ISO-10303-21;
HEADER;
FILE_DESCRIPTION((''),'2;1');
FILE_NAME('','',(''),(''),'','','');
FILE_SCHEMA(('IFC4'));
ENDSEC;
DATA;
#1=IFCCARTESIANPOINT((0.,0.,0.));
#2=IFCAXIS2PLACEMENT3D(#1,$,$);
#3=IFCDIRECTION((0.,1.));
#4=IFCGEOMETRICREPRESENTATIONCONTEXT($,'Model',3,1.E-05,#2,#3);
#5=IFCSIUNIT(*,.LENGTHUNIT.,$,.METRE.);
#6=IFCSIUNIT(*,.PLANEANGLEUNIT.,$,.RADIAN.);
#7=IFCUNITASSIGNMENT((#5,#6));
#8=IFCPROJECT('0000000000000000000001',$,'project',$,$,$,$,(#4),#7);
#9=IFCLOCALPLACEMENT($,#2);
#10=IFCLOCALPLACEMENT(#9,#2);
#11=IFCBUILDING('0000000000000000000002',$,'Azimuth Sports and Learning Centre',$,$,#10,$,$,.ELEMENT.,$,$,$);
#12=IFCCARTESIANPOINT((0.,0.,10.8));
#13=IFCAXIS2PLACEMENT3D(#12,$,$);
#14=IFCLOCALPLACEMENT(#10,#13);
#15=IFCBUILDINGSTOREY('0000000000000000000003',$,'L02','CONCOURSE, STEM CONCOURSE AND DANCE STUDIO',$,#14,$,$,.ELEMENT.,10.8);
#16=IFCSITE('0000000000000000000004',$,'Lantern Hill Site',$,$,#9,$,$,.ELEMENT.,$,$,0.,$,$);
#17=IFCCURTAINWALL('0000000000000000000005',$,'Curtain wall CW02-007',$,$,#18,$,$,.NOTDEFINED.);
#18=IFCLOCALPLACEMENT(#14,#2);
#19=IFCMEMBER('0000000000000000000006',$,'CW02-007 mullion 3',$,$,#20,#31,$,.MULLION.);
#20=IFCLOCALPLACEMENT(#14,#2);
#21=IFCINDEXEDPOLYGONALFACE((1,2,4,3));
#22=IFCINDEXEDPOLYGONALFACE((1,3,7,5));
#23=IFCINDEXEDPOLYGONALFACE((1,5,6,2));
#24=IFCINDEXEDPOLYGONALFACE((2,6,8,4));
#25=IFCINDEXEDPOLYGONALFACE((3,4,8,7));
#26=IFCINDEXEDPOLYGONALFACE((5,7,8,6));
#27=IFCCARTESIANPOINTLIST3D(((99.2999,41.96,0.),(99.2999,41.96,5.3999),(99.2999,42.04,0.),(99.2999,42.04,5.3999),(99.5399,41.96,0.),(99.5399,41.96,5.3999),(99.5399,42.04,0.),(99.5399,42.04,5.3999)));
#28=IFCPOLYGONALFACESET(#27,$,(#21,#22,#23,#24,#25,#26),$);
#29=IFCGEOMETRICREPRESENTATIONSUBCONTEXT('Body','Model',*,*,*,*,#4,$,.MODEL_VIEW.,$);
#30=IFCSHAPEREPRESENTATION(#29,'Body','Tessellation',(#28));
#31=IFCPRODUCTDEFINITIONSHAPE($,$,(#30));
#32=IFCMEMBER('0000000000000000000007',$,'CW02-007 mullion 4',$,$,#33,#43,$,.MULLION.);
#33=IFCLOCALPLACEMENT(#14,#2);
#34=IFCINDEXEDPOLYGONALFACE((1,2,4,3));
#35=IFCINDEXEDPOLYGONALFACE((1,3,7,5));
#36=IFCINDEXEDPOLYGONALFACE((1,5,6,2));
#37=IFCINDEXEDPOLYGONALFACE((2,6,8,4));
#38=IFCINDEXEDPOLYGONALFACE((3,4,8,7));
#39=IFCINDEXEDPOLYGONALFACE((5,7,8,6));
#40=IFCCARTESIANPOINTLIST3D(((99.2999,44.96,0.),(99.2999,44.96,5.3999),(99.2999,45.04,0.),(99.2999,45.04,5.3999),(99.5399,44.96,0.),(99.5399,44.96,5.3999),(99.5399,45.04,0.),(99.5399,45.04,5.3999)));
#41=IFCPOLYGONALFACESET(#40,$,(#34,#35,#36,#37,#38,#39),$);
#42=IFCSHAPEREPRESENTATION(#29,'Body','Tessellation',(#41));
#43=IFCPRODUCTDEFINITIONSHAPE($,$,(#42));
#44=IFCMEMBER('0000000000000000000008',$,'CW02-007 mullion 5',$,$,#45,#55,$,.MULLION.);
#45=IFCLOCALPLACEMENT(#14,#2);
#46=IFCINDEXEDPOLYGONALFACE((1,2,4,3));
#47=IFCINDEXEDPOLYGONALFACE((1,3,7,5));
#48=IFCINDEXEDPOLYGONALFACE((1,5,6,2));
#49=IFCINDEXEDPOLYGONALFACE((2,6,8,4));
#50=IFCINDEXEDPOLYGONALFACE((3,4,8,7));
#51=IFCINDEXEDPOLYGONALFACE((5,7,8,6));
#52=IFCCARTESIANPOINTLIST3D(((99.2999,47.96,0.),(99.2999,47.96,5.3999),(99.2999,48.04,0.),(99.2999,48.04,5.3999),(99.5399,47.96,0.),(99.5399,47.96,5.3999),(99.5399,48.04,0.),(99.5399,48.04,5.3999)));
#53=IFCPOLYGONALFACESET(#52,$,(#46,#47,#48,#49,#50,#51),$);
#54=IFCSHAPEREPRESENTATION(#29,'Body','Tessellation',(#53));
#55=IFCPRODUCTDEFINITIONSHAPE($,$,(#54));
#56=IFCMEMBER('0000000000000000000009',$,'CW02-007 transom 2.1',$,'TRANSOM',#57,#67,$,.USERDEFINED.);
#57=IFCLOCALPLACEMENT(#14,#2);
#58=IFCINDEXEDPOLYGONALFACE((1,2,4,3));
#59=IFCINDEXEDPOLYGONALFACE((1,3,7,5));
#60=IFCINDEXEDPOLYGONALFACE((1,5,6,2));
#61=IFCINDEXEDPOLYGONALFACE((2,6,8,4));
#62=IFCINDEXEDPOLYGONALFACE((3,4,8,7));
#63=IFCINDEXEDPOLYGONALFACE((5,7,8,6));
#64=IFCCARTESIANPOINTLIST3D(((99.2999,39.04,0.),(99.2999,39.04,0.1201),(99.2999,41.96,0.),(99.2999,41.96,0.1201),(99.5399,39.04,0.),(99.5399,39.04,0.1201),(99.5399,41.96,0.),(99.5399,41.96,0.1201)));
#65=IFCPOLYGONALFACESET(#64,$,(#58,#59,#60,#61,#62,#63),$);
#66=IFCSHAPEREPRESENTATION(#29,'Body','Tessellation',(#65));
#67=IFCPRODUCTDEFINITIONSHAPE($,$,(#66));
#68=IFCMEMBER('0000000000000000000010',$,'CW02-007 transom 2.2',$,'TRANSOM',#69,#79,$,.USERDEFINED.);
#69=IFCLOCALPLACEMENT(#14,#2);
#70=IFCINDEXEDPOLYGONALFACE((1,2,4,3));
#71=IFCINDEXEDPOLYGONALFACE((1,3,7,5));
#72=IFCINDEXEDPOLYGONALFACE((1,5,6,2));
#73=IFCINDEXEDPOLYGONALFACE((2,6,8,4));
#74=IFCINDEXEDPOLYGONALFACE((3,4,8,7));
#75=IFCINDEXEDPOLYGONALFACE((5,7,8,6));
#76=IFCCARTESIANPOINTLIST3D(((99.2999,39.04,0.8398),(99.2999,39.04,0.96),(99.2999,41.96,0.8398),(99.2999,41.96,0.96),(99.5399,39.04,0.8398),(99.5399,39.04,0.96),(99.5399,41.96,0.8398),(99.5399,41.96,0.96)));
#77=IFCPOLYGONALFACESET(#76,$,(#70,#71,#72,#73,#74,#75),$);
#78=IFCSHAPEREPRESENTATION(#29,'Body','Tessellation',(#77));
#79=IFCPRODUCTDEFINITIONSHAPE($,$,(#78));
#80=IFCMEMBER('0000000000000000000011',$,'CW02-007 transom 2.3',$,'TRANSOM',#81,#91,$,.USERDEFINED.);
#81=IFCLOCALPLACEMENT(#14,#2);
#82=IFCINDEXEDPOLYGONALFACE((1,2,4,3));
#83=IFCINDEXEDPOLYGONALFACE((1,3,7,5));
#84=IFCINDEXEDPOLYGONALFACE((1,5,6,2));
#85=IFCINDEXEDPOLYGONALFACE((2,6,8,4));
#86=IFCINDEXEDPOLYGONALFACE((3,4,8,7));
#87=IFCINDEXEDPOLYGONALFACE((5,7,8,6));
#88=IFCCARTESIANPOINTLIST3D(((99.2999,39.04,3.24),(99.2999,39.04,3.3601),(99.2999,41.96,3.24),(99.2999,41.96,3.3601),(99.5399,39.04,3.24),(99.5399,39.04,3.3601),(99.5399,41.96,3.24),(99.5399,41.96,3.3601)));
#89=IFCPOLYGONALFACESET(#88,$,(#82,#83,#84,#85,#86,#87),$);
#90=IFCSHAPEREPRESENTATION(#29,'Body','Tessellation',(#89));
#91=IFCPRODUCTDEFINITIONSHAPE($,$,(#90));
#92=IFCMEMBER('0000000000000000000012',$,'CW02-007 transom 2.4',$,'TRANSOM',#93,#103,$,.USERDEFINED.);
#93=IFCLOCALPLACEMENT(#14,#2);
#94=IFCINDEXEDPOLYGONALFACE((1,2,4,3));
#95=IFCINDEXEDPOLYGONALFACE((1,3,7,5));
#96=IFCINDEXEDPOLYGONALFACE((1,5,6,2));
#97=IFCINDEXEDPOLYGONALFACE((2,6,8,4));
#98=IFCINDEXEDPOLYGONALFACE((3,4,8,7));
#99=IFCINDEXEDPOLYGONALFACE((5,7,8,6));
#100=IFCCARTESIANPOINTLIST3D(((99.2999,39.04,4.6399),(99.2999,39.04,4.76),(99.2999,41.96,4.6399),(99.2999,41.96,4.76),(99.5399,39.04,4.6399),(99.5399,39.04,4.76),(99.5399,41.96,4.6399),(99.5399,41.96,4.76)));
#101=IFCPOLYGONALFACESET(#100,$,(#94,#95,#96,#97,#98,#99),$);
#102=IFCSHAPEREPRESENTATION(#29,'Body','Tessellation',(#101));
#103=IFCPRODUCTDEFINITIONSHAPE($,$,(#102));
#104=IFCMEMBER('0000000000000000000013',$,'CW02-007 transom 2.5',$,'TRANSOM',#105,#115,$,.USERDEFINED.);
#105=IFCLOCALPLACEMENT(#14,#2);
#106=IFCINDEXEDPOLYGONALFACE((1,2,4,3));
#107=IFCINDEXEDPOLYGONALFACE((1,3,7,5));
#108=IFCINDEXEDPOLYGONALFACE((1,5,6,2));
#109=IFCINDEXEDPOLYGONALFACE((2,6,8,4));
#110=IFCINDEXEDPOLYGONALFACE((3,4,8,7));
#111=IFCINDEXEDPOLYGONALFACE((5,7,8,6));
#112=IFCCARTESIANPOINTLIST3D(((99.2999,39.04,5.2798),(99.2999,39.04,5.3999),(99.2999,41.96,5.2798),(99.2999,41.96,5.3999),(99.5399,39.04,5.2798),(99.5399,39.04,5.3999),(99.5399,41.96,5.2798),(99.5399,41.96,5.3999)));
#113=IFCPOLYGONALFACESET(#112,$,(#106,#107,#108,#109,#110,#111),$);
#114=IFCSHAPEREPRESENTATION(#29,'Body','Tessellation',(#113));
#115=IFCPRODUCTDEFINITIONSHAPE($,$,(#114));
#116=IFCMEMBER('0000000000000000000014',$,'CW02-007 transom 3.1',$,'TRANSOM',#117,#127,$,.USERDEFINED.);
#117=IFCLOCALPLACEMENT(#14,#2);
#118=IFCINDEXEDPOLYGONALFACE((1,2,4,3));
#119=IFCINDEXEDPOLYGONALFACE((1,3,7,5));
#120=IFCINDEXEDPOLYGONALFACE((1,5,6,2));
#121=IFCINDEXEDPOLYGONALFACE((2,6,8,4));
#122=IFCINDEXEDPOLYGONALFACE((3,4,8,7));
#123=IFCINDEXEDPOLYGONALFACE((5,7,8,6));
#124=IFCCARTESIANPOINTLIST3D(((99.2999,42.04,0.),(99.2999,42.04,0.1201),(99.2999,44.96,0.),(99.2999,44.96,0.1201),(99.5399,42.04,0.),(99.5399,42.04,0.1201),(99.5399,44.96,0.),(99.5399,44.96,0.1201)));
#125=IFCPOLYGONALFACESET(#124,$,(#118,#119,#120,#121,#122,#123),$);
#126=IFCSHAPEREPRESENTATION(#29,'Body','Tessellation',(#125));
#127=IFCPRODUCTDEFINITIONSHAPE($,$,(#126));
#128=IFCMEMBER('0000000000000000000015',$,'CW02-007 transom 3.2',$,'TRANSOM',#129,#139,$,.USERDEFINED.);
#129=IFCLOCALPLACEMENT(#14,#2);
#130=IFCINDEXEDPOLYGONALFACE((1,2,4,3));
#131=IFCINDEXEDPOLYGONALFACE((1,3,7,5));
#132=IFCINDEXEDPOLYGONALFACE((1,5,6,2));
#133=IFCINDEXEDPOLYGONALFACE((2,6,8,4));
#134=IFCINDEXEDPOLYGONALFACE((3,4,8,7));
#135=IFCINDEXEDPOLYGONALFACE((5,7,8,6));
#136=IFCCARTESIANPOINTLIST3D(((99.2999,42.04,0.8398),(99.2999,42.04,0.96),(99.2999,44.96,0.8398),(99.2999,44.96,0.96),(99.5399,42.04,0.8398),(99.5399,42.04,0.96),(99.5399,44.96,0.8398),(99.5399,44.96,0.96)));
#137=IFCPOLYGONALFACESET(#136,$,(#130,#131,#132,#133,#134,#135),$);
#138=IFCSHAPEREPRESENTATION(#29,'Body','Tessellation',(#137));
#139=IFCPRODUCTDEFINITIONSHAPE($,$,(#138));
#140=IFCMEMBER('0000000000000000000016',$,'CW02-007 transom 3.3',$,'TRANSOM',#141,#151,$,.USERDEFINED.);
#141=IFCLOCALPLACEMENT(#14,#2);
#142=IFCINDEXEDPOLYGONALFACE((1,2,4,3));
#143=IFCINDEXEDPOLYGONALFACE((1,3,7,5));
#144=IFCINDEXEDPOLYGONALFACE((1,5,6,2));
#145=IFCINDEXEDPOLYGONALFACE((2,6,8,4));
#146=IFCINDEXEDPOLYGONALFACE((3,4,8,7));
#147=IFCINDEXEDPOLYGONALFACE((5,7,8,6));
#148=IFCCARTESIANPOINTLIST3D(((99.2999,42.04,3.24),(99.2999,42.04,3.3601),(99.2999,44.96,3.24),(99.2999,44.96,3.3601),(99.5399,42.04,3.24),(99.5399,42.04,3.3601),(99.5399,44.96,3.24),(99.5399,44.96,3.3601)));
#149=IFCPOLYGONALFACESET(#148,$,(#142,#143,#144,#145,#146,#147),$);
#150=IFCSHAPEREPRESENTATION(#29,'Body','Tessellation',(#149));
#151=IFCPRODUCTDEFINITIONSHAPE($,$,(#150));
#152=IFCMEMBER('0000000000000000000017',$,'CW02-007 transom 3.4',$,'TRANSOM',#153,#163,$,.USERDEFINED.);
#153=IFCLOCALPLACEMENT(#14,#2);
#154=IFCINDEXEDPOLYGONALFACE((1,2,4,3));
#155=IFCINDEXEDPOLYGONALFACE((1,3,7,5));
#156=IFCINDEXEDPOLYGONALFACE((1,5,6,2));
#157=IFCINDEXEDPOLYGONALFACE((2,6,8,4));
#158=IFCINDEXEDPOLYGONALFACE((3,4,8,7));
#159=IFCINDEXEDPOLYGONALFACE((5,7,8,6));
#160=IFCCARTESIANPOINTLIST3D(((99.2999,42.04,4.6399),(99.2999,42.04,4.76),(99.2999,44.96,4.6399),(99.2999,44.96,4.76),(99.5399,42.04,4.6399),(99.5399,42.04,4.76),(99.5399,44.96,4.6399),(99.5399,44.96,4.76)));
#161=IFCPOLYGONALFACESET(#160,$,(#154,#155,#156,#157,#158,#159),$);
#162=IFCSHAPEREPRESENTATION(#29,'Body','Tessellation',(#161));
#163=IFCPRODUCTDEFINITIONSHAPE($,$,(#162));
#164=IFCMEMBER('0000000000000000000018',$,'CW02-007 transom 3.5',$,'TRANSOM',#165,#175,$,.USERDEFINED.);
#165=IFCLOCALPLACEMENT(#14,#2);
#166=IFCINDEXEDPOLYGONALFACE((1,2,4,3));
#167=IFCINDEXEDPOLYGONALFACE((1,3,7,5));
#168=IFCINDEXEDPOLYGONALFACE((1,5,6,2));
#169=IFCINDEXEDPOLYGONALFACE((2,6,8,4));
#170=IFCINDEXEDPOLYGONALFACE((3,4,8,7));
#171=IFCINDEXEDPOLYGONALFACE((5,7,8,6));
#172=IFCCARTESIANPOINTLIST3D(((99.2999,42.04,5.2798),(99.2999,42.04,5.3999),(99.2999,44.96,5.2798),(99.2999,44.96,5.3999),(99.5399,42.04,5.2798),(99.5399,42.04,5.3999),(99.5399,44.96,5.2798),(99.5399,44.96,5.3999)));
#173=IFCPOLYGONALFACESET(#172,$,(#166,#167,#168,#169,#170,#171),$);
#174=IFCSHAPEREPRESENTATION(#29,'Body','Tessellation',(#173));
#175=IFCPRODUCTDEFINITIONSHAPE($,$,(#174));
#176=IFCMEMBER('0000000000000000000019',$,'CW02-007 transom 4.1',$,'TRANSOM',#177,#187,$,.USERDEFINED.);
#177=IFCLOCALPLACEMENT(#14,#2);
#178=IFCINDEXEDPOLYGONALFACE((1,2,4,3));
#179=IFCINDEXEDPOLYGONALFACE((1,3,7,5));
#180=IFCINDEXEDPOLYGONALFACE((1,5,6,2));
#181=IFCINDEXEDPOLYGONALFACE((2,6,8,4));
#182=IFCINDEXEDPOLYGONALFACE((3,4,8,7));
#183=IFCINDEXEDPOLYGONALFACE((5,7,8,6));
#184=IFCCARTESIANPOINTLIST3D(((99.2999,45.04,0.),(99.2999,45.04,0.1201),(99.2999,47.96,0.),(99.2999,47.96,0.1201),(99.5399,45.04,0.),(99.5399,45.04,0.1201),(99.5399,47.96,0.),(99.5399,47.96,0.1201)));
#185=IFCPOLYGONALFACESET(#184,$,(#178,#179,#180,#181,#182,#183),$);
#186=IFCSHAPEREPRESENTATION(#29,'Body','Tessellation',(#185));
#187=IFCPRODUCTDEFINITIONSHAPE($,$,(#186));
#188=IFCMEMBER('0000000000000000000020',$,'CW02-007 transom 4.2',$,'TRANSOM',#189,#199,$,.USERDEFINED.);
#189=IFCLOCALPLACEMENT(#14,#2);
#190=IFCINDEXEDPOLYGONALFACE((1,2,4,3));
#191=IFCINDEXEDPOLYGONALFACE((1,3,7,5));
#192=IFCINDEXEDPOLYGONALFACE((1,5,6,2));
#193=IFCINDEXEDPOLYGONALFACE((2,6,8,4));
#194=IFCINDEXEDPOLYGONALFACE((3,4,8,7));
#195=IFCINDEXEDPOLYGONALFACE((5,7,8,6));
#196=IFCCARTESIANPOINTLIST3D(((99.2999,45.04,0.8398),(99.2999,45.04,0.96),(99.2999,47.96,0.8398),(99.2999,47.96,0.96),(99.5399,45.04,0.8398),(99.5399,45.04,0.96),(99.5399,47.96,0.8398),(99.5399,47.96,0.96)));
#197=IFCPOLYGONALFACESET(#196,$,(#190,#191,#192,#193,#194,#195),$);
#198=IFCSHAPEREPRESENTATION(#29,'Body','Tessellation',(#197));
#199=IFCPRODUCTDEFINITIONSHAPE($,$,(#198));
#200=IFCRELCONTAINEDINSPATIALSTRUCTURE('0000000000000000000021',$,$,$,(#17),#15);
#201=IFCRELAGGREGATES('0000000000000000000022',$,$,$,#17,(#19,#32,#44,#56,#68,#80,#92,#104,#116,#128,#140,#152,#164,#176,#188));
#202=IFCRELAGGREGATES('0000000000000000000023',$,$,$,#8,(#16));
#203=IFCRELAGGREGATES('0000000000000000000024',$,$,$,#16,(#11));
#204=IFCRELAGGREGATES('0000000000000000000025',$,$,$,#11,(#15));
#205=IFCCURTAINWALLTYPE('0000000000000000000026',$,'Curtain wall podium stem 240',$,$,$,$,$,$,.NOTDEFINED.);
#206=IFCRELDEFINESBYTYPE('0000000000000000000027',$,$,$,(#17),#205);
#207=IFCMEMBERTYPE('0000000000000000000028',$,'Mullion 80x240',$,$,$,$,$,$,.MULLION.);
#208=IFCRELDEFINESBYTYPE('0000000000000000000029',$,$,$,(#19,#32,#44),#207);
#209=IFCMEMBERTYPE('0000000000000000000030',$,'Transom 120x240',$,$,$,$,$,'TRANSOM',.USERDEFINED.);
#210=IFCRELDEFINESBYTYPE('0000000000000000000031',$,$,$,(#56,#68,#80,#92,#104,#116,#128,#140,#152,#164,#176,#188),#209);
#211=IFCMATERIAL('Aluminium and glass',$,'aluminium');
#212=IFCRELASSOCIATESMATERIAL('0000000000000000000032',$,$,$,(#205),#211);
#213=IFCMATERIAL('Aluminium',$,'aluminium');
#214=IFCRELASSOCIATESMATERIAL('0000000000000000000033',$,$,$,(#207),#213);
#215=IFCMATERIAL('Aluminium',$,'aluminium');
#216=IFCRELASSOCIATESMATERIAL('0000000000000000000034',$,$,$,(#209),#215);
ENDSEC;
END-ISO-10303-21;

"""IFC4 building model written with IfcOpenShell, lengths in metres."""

from ifc_helpers import new_model, si_unit, direction, frame, origin, origin_2d, place, context, subcontext, project, spatial, rectangle, extrude, material, material_profile, profile_set, type_object, element, aggregate, save


model = new_model("IFC4")

# Units and contexts
model_context = context("Model", 3, precision=1e-05, world=origin(), true_north=direction((0.0, 1.0)))
body_context = subcontext(model_context, "Body", "Model", "MODEL_VIEW")
ifc_project = project(units=[si_unit("LENGTHUNIT", "METRE"), si_unit("PLANEANGLEUNIT", "RADIAN")], contexts=[model_context])

# Site, building, storey
site_placement = place(None, origin())
site = spatial("IfcSite", under=ifc_project, at=site_placement, Name="Lantern Hill Site", CompositionType="ELEMENT", RefElevation=0.0)
building_placement = place(site_placement, origin())
building = spatial("IfcBuilding", under=site, at=building_placement, Name="Azimuth Sports and Learning Centre", CompositionType="ELEMENT")
storey_placement = place(building_placement, frame((0.0, 0.0, 10.8)))
storey = spatial("IfcBuildingStorey", under=building, at=storey_placement, Name="L02", Description="CONCOURSE, STEM CONCOURSE AND DANCE STUDIO", CompositionType="ELEMENT", Elevation=10.8)

# Curtain wall, members
ifc_material_1 = material(Name="Aluminium and glass", Category="aluminium")
curtain_wall_type = type_object("IfcCurtainWallType", Name="Curtain wall podium stem 240", PredefinedType="NOTDEFINED", material=ifc_material_1)
curtain_wall_placement = place(storey_placement, origin())
curtain_wall = element("IfcCurtainWall", 1, at=curtain_wall_placement, inside=storey, type_object=curtain_wall_type, Name="Curtain wall CW02-007", PredefinedType="NOTDEFINED")
ifc_material_2 = material(Name="Aluminium", Category="aluminium")
ifc_material_profile_1 = material_profile(ifc_material_2, rectangle(XDim=0.24, YDim=0.0801, at=origin_2d()), Name="Mullion 80x240")
ifc_profile_set_1 = profile_set([ifc_material_profile_1], Name="Aluminium")
member_type_1 = type_object("IfcMemberType", Name="Mullion 80x240", PredefinedType="MULLION", material=ifc_profile_set_1)
member_1_placement = place(storey_placement, frame((99.4199, 42.0, 0.0), z_axis=(0.0, 0.0, 1.0), x_axis=(-1.0, 0.0, 0.0)))
member_1 = element("IfcMember", 2, at=member_1_placement, type_object=member_type_1, Name="CW02-007 mullion 3", PredefinedType="MULLION", context=body_context, shape_type="SweptSolid", body=[
    extrude(rectangle(XDim=0.24, YDim=0.0801, at=origin_2d()), origin(), (0.0, 0.0, 1.0), 5.3999),
])
member_2_placement = place(storey_placement, frame((99.4199, 45.0, 0.0), z_axis=(0.0, 0.0, 1.0), x_axis=(-1.0, 0.0, 0.0)))
member_2 = element("IfcMember", 3, at=member_2_placement, type_object=member_type_1, Name="CW02-007 mullion 4", PredefinedType="MULLION", context=body_context, shape_type="SweptSolid", body=[
    extrude(rectangle(XDim=0.24, YDim=0.0801, at=origin_2d()), origin(), (0.0, 0.0, 1.0), 5.3999),
])
member_3_placement = place(storey_placement, frame((99.4199, 48.0, 0.0), z_axis=(0.0, 0.0, 1.0), x_axis=(-1.0, 0.0, 0.0)))
member_3 = element("IfcMember", 4, at=member_3_placement, type_object=member_type_1, Name="CW02-007 mullion 5", PredefinedType="MULLION", context=body_context, shape_type="SweptSolid", body=[
    extrude(rectangle(XDim=0.24, YDim=0.0801, at=origin_2d()), origin(), (0.0, 0.0, 1.0), 5.3999),
])
ifc_material_3 = material(Name="Aluminium", Category="aluminium")
ifc_material_profile_2 = material_profile(ifc_material_3, rectangle(XDim=0.24, YDim=0.1201, at=origin_2d()), Name="Transom 120x240")
ifc_profile_set_2 = profile_set([ifc_material_profile_2], Name="Aluminium")
member_type_2 = type_object("IfcMemberType", Name="Transom 120x240", ElementType="TRANSOM", PredefinedType="USERDEFINED", material=ifc_profile_set_2)
member_4_placement = place(storey_placement, frame((99.4199, 39.04, 0.0601), z_axis=(0.0, 1.0, 0.0), x_axis=(-1.0, 0.0, 0.0)))
member_4 = element("IfcMember", 5, at=member_4_placement, type_object=member_type_2, Name="CW02-007 transom 2.1", ObjectType="TRANSOM", PredefinedType="USERDEFINED", context=body_context, shape_type="SweptSolid", body=[
    extrude(rectangle(XDim=0.24, YDim=0.1201, at=origin_2d()), origin(), (0.0, 0.0, 1.0), 2.9199),
])
member_5_placement = place(storey_placement, frame((99.4199, 39.04, 0.8999), z_axis=(0.0, 1.0, 0.0), x_axis=(-1.0, 0.0, 0.0)))
member_5 = element("IfcMember", 6, at=member_5_placement, type_object=member_type_2, Name="CW02-007 transom 2.2", ObjectType="TRANSOM", PredefinedType="USERDEFINED", context=body_context, shape_type="SweptSolid", body=[
    extrude(rectangle(XDim=0.24, YDim=0.1201, at=origin_2d()), origin(), (0.0, 0.0, 1.0), 2.9199),
])
member_6_placement = place(storey_placement, frame((99.4199, 39.04, 3.3), z_axis=(0.0, 1.0, 0.0), x_axis=(-1.0, 0.0, 0.0)))
member_6 = element("IfcMember", 7, at=member_6_placement, type_object=member_type_2, Name="CW02-007 transom 2.3", ObjectType="TRANSOM", PredefinedType="USERDEFINED", context=body_context, shape_type="SweptSolid", body=[
    extrude(rectangle(XDim=0.24, YDim=0.1201, at=origin_2d()), origin(), (0.0, 0.0, 1.0), 2.9199),
])
member_7_placement = place(storey_placement, frame((99.4199, 39.04, 4.7), z_axis=(0.0, 1.0, 0.0), x_axis=(-1.0, 0.0, 0.0)))
member_7 = element("IfcMember", 8, at=member_7_placement, type_object=member_type_2, Name="CW02-007 transom 2.4", ObjectType="TRANSOM", PredefinedType="USERDEFINED", context=body_context, shape_type="SweptSolid", body=[
    extrude(rectangle(XDim=0.24, YDim=0.1201, at=origin_2d()), origin(), (0.0, 0.0, 1.0), 2.9199),
])
member_8_placement = place(storey_placement, frame((99.4199, 39.04, 5.3398), z_axis=(0.0, 1.0, 0.0), x_axis=(-1.0, 0.0, 0.0)))
member_8 = element("IfcMember", 9, at=member_8_placement, type_object=member_type_2, Name="CW02-007 transom 2.5", ObjectType="TRANSOM", PredefinedType="USERDEFINED", context=body_context, shape_type="SweptSolid", body=[
    extrude(rectangle(XDim=0.24, YDim=0.1201, at=origin_2d()), origin(), (0.0, 0.0, 1.0), 2.9199),
])
member_9_placement = place(storey_placement, frame((99.4199, 42.04, 0.0601), z_axis=(0.0, 1.0, 0.0), x_axis=(-1.0, 0.0, 0.0)))
member_9 = element("IfcMember", 10, at=member_9_placement, type_object=member_type_2, Name="CW02-007 transom 3.1", ObjectType="TRANSOM", PredefinedType="USERDEFINED", context=body_context, shape_type="SweptSolid", body=[
    extrude(rectangle(XDim=0.24, YDim=0.1201, at=origin_2d()), origin(), (0.0, 0.0, 1.0), 2.9199),
])
member_10_placement = place(storey_placement, frame((99.4199, 42.04, 0.8999), z_axis=(0.0, 1.0, 0.0), x_axis=(-1.0, 0.0, 0.0)))
member_10 = element("IfcMember", 11, at=member_10_placement, type_object=member_type_2, Name="CW02-007 transom 3.2", ObjectType="TRANSOM", PredefinedType="USERDEFINED", context=body_context, shape_type="SweptSolid", body=[
    extrude(rectangle(XDim=0.24, YDim=0.1201, at=origin_2d()), origin(), (0.0, 0.0, 1.0), 2.9199),
])
member_11_placement = place(storey_placement, frame((99.4199, 42.04, 3.3), z_axis=(0.0, 1.0, 0.0), x_axis=(-1.0, 0.0, 0.0)))
member_11 = element("IfcMember", 12, at=member_11_placement, type_object=member_type_2, Name="CW02-007 transom 3.3", ObjectType="TRANSOM", PredefinedType="USERDEFINED", context=body_context, shape_type="SweptSolid", body=[
    extrude(rectangle(XDim=0.24, YDim=0.1201, at=origin_2d()), origin(), (0.0, 0.0, 1.0), 2.9199),
])
member_12_placement = place(storey_placement, frame((99.4199, 42.04, 4.7), z_axis=(0.0, 1.0, 0.0), x_axis=(-1.0, 0.0, 0.0)))
member_12 = element("IfcMember", 13, at=member_12_placement, type_object=member_type_2, Name="CW02-007 transom 3.4", ObjectType="TRANSOM", PredefinedType="USERDEFINED", context=body_context, shape_type="SweptSolid", body=[
    extrude(rectangle(XDim=0.24, YDim=0.1201, at=origin_2d()), origin(), (0.0, 0.0, 1.0), 2.9199),
])
member_13_placement = place(storey_placement, frame((99.4199, 42.04, 5.3398), z_axis=(0.0, 1.0, 0.0), x_axis=(-1.0, 0.0, 0.0)))
member_13 = element("IfcMember", 14, at=member_13_placement, type_object=member_type_2, Name="CW02-007 transom 3.5", ObjectType="TRANSOM", PredefinedType="USERDEFINED", context=body_context, shape_type="SweptSolid", body=[
    extrude(rectangle(XDim=0.24, YDim=0.1201, at=origin_2d()), origin(), (0.0, 0.0, 1.0), 2.9199),
])
member_14_placement = place(storey_placement, frame((99.4199, 45.04, 0.0601), z_axis=(0.0, 1.0, 0.0), x_axis=(-1.0, 0.0, 0.0)))
member_14 = element("IfcMember", 15, at=member_14_placement, type_object=member_type_2, Name="CW02-007 transom 4.1", ObjectType="TRANSOM", PredefinedType="USERDEFINED", context=body_context, shape_type="SweptSolid", body=[
    extrude(rectangle(XDim=0.24, YDim=0.1201, at=origin_2d()), origin(), (0.0, 0.0, 1.0), 2.9199),
])
member_15_placement = place(storey_placement, frame((99.4199, 45.04, 0.8999), z_axis=(0.0, 1.0, 0.0), x_axis=(-1.0, 0.0, 0.0)))
member_15 = element("IfcMember", 16, at=member_15_placement, type_object=member_type_2, Name="CW02-007 transom 4.2", ObjectType="TRANSOM", PredefinedType="USERDEFINED", context=body_context, shape_type="SweptSolid", body=[
    extrude(rectangle(XDim=0.24, YDim=0.1201, at=origin_2d()), origin(), (0.0, 0.0, 1.0), 2.9199),
])
aggregate(curtain_wall, [member_1, member_2, member_3, member_4, member_5, member_6, member_7, member_8, member_9, member_10, member_11, member_12, member_13, member_14, member_15])

save(model, "model.ifc")
